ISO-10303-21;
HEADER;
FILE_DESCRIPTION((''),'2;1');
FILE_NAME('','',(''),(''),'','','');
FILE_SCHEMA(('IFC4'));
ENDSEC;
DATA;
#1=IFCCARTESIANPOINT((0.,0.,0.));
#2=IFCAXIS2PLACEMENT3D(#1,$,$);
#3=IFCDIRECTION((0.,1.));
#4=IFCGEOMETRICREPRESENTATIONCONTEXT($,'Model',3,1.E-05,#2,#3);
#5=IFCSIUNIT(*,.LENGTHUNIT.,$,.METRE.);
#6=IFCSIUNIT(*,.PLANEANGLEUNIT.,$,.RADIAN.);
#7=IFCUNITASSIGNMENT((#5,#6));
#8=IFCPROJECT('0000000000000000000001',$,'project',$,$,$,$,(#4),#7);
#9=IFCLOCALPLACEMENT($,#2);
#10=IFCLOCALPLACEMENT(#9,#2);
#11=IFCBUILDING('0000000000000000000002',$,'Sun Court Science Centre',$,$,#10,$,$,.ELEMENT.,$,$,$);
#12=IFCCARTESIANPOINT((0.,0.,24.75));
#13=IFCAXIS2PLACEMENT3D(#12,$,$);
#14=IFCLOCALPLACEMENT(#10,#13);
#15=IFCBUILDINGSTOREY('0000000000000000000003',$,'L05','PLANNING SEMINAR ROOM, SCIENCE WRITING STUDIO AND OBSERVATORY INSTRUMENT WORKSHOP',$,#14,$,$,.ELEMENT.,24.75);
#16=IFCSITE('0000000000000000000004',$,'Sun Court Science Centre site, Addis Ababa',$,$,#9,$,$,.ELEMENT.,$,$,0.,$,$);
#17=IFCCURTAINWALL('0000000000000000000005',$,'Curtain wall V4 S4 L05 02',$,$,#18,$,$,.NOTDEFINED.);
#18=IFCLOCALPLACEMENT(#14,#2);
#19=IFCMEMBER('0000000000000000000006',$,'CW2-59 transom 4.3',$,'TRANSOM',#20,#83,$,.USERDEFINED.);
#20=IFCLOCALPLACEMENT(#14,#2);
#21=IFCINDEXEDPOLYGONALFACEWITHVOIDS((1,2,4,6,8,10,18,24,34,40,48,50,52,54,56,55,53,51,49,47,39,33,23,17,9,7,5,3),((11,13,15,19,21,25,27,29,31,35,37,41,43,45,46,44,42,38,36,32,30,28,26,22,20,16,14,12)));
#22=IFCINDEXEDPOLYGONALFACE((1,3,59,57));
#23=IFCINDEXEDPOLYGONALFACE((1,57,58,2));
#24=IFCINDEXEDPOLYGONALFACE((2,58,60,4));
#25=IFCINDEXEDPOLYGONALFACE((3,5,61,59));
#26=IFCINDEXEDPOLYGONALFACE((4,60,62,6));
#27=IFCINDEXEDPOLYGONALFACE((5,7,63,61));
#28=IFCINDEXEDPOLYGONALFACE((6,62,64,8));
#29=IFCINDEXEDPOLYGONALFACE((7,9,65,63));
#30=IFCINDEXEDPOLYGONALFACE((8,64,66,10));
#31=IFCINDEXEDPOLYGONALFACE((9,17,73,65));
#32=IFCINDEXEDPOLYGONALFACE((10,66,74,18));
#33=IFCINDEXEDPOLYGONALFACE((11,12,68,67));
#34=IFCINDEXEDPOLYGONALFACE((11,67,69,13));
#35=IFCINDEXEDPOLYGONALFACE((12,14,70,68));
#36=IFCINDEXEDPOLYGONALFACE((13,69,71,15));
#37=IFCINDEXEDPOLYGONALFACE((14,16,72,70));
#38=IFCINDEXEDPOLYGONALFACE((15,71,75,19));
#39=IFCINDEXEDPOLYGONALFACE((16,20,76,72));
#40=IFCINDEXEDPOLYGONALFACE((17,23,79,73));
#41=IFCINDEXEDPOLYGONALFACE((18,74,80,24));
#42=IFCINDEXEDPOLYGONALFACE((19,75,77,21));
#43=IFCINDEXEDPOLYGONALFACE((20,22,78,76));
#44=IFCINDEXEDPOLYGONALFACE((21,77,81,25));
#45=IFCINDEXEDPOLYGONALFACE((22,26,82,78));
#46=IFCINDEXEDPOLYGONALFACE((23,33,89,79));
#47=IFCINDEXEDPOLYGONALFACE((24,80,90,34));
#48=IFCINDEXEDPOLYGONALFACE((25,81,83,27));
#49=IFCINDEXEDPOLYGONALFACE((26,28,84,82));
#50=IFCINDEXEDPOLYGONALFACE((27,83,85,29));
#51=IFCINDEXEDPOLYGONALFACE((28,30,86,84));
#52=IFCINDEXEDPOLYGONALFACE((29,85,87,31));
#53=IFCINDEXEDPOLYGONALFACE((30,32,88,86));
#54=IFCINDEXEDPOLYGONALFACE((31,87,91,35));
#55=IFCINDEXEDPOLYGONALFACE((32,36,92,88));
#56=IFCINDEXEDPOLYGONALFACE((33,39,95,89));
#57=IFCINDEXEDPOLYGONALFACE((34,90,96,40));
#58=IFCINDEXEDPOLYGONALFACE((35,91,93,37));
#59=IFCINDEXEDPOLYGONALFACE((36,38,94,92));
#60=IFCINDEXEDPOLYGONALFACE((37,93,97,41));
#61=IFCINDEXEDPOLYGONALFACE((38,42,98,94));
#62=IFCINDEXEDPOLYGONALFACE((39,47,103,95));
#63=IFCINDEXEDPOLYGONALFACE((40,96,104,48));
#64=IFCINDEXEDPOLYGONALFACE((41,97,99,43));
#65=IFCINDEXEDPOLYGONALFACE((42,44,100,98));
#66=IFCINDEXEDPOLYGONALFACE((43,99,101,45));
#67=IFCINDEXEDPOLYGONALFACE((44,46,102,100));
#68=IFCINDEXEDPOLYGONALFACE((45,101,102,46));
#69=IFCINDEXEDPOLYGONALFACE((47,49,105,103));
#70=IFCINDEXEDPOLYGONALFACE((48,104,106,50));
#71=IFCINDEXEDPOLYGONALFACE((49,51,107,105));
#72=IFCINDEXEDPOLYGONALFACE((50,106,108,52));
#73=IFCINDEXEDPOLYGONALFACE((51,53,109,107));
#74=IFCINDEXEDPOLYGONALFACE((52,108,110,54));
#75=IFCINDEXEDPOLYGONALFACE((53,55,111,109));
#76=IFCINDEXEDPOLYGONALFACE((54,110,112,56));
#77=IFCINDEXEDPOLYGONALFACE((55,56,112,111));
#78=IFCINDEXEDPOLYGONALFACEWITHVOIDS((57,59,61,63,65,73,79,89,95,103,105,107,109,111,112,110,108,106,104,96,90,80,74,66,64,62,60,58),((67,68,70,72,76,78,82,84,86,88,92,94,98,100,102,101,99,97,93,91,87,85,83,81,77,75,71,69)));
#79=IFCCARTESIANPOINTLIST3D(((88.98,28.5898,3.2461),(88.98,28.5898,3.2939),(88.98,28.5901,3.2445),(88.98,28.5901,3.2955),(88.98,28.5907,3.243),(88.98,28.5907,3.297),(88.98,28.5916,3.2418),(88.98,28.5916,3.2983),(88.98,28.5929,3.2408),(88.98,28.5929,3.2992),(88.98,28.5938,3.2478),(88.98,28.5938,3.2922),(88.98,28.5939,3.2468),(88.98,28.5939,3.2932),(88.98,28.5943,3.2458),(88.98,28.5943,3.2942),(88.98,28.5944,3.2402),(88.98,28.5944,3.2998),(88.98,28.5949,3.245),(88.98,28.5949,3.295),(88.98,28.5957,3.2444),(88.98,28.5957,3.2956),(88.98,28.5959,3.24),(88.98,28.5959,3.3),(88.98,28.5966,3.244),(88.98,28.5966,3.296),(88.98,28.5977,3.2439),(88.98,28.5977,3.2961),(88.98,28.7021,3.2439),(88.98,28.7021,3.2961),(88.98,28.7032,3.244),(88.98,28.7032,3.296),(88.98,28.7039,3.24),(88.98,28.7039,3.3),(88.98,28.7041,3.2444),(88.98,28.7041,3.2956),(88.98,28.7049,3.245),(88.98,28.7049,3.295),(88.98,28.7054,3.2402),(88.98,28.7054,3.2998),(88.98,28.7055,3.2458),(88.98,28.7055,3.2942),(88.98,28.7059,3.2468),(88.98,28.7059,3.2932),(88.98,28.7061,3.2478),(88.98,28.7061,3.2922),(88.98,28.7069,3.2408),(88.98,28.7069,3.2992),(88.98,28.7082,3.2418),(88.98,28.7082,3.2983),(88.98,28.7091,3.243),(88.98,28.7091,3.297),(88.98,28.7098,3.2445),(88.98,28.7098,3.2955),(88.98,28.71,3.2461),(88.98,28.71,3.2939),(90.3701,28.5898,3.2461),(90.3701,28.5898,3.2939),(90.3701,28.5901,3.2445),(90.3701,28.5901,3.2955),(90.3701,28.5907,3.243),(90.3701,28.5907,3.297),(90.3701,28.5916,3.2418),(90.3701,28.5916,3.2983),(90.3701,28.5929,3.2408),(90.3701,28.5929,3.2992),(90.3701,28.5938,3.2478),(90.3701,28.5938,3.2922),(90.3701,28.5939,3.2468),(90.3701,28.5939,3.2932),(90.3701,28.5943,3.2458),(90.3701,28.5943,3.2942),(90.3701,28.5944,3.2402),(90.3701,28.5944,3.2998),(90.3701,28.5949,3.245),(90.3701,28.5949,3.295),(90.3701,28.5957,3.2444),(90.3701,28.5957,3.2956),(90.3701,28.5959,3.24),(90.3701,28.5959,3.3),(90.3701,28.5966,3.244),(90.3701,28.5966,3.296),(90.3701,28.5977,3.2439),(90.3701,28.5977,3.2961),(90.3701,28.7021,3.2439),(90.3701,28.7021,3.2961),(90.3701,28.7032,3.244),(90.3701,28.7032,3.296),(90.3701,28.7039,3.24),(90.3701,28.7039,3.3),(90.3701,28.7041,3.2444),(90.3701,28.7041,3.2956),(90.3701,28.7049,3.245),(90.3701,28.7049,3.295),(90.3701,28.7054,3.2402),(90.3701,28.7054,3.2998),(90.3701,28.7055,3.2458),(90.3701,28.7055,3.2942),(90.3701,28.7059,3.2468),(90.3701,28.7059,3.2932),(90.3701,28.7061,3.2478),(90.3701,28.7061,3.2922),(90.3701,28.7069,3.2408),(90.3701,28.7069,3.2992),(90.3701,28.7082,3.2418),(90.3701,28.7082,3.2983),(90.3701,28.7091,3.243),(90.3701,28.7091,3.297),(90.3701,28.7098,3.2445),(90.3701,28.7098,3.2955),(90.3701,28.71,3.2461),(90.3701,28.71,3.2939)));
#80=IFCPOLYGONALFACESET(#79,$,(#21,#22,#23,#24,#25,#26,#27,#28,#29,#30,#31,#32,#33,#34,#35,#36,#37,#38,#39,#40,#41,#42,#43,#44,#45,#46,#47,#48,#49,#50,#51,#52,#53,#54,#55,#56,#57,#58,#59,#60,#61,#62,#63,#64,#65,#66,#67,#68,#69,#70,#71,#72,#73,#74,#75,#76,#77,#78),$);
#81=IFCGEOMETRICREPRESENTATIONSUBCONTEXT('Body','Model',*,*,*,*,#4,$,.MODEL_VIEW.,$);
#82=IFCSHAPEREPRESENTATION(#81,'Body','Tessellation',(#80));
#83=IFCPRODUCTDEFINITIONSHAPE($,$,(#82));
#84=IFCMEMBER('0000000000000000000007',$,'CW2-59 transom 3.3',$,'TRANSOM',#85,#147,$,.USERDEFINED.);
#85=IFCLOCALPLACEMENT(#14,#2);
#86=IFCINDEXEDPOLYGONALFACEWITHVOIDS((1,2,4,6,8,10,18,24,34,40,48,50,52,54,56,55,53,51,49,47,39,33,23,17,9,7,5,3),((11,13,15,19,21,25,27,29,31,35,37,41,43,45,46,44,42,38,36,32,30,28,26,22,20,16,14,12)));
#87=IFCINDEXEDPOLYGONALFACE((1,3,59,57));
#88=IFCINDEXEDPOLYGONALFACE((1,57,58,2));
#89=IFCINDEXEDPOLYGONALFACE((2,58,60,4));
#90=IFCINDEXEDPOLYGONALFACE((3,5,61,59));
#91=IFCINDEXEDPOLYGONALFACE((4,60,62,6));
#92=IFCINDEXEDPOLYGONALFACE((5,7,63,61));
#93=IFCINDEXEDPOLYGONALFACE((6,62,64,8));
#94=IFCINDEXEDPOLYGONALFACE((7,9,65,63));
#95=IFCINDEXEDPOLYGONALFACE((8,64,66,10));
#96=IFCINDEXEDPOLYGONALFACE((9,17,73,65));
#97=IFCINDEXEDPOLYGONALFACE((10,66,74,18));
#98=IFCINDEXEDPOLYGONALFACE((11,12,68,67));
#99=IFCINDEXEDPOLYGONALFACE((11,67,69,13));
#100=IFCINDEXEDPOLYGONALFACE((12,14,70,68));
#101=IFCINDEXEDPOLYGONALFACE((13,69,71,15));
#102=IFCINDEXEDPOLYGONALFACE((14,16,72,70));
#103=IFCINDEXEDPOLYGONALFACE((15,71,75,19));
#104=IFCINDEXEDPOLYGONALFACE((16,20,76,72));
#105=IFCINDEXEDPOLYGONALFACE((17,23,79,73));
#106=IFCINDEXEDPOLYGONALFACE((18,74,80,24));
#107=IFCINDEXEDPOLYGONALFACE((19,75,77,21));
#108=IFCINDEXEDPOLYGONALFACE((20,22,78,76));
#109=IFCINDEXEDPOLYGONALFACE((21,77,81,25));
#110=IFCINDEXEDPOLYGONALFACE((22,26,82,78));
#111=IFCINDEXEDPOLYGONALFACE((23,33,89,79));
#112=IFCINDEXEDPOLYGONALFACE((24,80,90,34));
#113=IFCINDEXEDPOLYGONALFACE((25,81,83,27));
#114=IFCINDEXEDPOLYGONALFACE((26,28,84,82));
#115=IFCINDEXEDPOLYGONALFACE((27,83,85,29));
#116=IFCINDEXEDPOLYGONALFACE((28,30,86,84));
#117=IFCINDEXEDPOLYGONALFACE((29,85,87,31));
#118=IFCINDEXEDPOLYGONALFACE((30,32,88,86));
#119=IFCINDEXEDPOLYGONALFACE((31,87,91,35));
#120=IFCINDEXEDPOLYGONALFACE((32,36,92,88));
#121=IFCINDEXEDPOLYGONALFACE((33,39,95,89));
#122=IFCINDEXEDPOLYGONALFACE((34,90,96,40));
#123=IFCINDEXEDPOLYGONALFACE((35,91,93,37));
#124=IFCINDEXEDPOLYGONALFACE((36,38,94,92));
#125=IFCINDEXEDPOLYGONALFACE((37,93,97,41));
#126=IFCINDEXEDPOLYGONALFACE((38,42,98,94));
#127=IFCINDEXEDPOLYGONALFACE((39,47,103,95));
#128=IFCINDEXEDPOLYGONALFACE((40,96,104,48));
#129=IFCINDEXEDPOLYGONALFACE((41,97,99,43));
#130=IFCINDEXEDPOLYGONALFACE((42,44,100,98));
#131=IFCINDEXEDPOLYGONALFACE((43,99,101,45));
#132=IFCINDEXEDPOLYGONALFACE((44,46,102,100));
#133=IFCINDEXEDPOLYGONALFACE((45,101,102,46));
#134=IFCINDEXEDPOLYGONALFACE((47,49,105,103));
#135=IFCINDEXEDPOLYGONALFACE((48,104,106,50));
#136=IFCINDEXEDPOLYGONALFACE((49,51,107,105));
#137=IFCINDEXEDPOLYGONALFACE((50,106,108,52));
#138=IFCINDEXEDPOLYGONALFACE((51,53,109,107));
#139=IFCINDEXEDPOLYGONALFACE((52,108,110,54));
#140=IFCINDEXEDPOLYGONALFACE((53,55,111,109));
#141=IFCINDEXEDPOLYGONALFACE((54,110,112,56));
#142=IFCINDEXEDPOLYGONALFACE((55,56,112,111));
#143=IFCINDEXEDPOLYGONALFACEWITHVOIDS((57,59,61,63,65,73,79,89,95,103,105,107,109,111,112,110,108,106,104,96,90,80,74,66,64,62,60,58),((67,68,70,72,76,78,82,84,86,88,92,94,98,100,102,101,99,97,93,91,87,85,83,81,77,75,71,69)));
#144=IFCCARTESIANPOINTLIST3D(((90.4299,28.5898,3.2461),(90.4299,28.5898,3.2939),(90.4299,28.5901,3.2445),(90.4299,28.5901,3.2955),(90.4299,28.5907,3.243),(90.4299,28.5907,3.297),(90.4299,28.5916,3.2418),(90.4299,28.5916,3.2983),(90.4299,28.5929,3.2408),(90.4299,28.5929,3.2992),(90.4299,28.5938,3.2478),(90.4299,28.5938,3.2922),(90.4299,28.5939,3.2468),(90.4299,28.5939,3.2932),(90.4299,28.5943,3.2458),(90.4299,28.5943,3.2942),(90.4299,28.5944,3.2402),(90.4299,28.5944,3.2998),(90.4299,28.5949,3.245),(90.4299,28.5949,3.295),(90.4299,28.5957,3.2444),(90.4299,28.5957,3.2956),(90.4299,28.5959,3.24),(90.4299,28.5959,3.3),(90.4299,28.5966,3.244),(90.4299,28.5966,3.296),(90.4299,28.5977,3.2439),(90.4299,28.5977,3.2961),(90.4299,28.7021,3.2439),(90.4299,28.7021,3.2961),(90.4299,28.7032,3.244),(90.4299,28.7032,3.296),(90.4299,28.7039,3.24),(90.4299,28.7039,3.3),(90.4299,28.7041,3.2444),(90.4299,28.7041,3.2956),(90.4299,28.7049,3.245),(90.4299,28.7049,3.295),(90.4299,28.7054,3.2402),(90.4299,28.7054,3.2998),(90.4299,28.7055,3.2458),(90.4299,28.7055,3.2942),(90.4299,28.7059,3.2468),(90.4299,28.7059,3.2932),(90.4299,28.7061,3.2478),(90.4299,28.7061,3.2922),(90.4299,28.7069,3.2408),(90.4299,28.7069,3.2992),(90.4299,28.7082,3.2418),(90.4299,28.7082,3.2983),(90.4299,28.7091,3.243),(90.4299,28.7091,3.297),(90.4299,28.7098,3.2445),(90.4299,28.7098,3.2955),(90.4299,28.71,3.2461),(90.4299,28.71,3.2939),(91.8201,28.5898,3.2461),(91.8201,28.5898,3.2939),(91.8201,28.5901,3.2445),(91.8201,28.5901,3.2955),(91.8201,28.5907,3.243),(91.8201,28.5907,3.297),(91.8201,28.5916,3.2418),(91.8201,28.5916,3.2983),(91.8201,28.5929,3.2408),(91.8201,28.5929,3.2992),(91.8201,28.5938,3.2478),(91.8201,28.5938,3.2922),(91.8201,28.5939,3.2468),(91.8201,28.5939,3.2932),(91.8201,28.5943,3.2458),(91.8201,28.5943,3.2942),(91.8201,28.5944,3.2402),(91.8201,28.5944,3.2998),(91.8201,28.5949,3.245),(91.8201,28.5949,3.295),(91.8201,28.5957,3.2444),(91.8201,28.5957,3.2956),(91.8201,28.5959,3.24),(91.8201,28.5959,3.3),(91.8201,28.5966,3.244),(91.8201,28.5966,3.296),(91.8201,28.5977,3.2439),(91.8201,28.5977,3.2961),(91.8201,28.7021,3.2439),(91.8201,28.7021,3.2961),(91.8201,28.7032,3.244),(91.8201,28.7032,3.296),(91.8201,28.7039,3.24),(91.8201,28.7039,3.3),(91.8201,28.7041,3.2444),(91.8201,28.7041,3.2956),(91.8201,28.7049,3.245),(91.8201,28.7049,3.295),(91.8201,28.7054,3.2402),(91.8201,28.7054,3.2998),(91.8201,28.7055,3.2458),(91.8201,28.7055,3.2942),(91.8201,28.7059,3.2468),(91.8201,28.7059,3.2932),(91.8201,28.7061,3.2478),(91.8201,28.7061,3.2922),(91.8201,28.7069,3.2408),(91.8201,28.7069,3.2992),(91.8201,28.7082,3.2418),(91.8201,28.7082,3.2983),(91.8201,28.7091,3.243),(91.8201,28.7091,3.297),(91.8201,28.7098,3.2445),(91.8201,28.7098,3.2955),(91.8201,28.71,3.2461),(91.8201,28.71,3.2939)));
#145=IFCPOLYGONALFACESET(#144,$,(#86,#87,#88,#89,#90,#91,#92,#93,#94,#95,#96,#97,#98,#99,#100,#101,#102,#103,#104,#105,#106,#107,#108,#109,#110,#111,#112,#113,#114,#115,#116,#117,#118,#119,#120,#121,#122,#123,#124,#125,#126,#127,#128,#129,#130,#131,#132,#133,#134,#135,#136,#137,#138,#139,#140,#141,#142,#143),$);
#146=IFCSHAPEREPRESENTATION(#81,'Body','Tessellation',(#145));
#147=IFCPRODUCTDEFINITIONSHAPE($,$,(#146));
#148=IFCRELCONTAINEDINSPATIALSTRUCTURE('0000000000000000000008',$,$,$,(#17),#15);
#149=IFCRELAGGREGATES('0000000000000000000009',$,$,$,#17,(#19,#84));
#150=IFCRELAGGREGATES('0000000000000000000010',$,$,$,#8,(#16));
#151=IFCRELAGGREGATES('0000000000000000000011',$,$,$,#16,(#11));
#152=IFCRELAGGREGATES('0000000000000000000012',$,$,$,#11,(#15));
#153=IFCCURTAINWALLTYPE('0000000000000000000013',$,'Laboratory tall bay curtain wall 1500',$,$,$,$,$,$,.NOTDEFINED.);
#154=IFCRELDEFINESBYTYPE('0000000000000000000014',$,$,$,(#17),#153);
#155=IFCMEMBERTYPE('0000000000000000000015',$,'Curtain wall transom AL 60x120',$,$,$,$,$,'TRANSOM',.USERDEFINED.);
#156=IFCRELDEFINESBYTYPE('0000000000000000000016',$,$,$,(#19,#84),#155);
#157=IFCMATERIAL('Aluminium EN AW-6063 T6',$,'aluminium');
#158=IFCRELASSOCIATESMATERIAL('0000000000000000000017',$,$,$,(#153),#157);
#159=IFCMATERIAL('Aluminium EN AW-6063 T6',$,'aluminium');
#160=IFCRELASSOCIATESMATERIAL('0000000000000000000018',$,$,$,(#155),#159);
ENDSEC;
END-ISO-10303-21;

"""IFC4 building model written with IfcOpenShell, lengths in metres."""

from ifc_helpers import new_model, si_unit, direction, frame, origin, origin_2d, place, context, subcontext, project, spatial, hollow_rectangle, extrude, material, material_profile, profile_set, type_object, element, aggregate, save


model = new_model("IFC4")

# Units and contexts
model_context = context("Model", 3, precision=1e-05, world=origin(), true_north=direction((0.0, 1.0)))
body_context = subcontext(model_context, "Body", "Model", "MODEL_VIEW")
ifc_project = project(units=[si_unit("LENGTHUNIT", "METRE"), si_unit("PLANEANGLEUNIT", "RADIAN")], contexts=[model_context])

# Site, building, storey
site_placement = place(None, origin())
site = spatial("IfcSite", under=ifc_project, at=site_placement, Name="Sun Court Science Centre site, Addis Ababa", CompositionType="ELEMENT", RefElevation=0.0)
building_placement = place(site_placement, origin())
building = spatial("IfcBuilding", under=site, at=building_placement, Name="Sun Court Science Centre", CompositionType="ELEMENT")
storey_placement = place(building_placement, frame((0.0, 0.0, 24.75)))
storey = spatial("IfcBuildingStorey", under=building, at=storey_placement, Name="L05", Description="PLANNING SEMINAR ROOM, SCIENCE WRITING STUDIO AND OBSERVATORY INSTRUMENT WORKSHOP", CompositionType="ELEMENT", Elevation=24.75)

# Curtain wall, members
ifc_material_1 = material(Name="Aluminium EN AW-6063 T6", Category="aluminium")
curtain_wall_type = type_object("IfcCurtainWallType", Name="Laboratory tall bay curtain wall 1500", PredefinedType="NOTDEFINED", material=ifc_material_1)
curtain_wall_placement = place(storey_placement, origin())
curtain_wall = element("IfcCurtainWall", 1, at=curtain_wall_placement, inside=storey, type_object=curtain_wall_type, Name="Curtain wall V4 S4 L05 02", PredefinedType="NOTDEFINED")
ifc_material_2 = material(Name="Aluminium EN AW-6063 T6", Category="aluminium")
ifc_material_profile_1 = material_profile(ifc_material_2, hollow_rectangle(XDim=0.0601, YDim=0.1201, WallThickness=0.0039, InnerFilletRadius=0.0039, OuterFilletRadius=0.0061, at=origin_2d()), Name="AL 60x120x4")
ifc_profile_set_1 = profile_set([ifc_material_profile_1], Name="Aluminium EN AW-6063 T6")
member_type_1 = type_object("IfcMemberType", Name="Curtain wall transom AL 60x120", ElementType="TRANSOM", PredefinedType="USERDEFINED", material=ifc_profile_set_1)
member_1_placement = place(storey_placement, frame((90.3701, 28.6499, 3.27), z_axis=(-1.0, 0.0, 0.0), x_axis=(0.0, 0.0, 1.0)))
member_1 = element("IfcMember", 2, at=member_1_placement, type_object=member_type_1, Name="CW2-59 transom 4.3", ObjectType="TRANSOM", PredefinedType="USERDEFINED", context=body_context, shape_type="SweptSolid", body=[
    extrude(hollow_rectangle(XDim=0.0601, YDim=0.1201, WallThickness=0.0039, InnerFilletRadius=0.0039, OuterFilletRadius=0.0061, at=origin_2d()), origin(), (0.0, 0.0, 1.0), 1.3901),
])
member_2_placement = place(storey_placement, frame((91.8201, 28.6499, 3.27), z_axis=(-1.0, 0.0, 0.0), x_axis=(0.0, 0.0, 1.0)))
member_2 = element("IfcMember", 3, at=member_2_placement, type_object=member_type_1, Name="CW2-59 transom 3.3", ObjectType="TRANSOM", PredefinedType="USERDEFINED", context=body_context, shape_type="SweptSolid", body=[
    extrude(hollow_rectangle(XDim=0.0601, YDim=0.1201, WallThickness=0.0039, InnerFilletRadius=0.0039, OuterFilletRadius=0.0061, at=origin_2d()), origin(), (0.0, 0.0, 1.0), 1.3901),
])
aggregate(curtain_wall, [member_1, member_2])

save(model, "model.ifc")
